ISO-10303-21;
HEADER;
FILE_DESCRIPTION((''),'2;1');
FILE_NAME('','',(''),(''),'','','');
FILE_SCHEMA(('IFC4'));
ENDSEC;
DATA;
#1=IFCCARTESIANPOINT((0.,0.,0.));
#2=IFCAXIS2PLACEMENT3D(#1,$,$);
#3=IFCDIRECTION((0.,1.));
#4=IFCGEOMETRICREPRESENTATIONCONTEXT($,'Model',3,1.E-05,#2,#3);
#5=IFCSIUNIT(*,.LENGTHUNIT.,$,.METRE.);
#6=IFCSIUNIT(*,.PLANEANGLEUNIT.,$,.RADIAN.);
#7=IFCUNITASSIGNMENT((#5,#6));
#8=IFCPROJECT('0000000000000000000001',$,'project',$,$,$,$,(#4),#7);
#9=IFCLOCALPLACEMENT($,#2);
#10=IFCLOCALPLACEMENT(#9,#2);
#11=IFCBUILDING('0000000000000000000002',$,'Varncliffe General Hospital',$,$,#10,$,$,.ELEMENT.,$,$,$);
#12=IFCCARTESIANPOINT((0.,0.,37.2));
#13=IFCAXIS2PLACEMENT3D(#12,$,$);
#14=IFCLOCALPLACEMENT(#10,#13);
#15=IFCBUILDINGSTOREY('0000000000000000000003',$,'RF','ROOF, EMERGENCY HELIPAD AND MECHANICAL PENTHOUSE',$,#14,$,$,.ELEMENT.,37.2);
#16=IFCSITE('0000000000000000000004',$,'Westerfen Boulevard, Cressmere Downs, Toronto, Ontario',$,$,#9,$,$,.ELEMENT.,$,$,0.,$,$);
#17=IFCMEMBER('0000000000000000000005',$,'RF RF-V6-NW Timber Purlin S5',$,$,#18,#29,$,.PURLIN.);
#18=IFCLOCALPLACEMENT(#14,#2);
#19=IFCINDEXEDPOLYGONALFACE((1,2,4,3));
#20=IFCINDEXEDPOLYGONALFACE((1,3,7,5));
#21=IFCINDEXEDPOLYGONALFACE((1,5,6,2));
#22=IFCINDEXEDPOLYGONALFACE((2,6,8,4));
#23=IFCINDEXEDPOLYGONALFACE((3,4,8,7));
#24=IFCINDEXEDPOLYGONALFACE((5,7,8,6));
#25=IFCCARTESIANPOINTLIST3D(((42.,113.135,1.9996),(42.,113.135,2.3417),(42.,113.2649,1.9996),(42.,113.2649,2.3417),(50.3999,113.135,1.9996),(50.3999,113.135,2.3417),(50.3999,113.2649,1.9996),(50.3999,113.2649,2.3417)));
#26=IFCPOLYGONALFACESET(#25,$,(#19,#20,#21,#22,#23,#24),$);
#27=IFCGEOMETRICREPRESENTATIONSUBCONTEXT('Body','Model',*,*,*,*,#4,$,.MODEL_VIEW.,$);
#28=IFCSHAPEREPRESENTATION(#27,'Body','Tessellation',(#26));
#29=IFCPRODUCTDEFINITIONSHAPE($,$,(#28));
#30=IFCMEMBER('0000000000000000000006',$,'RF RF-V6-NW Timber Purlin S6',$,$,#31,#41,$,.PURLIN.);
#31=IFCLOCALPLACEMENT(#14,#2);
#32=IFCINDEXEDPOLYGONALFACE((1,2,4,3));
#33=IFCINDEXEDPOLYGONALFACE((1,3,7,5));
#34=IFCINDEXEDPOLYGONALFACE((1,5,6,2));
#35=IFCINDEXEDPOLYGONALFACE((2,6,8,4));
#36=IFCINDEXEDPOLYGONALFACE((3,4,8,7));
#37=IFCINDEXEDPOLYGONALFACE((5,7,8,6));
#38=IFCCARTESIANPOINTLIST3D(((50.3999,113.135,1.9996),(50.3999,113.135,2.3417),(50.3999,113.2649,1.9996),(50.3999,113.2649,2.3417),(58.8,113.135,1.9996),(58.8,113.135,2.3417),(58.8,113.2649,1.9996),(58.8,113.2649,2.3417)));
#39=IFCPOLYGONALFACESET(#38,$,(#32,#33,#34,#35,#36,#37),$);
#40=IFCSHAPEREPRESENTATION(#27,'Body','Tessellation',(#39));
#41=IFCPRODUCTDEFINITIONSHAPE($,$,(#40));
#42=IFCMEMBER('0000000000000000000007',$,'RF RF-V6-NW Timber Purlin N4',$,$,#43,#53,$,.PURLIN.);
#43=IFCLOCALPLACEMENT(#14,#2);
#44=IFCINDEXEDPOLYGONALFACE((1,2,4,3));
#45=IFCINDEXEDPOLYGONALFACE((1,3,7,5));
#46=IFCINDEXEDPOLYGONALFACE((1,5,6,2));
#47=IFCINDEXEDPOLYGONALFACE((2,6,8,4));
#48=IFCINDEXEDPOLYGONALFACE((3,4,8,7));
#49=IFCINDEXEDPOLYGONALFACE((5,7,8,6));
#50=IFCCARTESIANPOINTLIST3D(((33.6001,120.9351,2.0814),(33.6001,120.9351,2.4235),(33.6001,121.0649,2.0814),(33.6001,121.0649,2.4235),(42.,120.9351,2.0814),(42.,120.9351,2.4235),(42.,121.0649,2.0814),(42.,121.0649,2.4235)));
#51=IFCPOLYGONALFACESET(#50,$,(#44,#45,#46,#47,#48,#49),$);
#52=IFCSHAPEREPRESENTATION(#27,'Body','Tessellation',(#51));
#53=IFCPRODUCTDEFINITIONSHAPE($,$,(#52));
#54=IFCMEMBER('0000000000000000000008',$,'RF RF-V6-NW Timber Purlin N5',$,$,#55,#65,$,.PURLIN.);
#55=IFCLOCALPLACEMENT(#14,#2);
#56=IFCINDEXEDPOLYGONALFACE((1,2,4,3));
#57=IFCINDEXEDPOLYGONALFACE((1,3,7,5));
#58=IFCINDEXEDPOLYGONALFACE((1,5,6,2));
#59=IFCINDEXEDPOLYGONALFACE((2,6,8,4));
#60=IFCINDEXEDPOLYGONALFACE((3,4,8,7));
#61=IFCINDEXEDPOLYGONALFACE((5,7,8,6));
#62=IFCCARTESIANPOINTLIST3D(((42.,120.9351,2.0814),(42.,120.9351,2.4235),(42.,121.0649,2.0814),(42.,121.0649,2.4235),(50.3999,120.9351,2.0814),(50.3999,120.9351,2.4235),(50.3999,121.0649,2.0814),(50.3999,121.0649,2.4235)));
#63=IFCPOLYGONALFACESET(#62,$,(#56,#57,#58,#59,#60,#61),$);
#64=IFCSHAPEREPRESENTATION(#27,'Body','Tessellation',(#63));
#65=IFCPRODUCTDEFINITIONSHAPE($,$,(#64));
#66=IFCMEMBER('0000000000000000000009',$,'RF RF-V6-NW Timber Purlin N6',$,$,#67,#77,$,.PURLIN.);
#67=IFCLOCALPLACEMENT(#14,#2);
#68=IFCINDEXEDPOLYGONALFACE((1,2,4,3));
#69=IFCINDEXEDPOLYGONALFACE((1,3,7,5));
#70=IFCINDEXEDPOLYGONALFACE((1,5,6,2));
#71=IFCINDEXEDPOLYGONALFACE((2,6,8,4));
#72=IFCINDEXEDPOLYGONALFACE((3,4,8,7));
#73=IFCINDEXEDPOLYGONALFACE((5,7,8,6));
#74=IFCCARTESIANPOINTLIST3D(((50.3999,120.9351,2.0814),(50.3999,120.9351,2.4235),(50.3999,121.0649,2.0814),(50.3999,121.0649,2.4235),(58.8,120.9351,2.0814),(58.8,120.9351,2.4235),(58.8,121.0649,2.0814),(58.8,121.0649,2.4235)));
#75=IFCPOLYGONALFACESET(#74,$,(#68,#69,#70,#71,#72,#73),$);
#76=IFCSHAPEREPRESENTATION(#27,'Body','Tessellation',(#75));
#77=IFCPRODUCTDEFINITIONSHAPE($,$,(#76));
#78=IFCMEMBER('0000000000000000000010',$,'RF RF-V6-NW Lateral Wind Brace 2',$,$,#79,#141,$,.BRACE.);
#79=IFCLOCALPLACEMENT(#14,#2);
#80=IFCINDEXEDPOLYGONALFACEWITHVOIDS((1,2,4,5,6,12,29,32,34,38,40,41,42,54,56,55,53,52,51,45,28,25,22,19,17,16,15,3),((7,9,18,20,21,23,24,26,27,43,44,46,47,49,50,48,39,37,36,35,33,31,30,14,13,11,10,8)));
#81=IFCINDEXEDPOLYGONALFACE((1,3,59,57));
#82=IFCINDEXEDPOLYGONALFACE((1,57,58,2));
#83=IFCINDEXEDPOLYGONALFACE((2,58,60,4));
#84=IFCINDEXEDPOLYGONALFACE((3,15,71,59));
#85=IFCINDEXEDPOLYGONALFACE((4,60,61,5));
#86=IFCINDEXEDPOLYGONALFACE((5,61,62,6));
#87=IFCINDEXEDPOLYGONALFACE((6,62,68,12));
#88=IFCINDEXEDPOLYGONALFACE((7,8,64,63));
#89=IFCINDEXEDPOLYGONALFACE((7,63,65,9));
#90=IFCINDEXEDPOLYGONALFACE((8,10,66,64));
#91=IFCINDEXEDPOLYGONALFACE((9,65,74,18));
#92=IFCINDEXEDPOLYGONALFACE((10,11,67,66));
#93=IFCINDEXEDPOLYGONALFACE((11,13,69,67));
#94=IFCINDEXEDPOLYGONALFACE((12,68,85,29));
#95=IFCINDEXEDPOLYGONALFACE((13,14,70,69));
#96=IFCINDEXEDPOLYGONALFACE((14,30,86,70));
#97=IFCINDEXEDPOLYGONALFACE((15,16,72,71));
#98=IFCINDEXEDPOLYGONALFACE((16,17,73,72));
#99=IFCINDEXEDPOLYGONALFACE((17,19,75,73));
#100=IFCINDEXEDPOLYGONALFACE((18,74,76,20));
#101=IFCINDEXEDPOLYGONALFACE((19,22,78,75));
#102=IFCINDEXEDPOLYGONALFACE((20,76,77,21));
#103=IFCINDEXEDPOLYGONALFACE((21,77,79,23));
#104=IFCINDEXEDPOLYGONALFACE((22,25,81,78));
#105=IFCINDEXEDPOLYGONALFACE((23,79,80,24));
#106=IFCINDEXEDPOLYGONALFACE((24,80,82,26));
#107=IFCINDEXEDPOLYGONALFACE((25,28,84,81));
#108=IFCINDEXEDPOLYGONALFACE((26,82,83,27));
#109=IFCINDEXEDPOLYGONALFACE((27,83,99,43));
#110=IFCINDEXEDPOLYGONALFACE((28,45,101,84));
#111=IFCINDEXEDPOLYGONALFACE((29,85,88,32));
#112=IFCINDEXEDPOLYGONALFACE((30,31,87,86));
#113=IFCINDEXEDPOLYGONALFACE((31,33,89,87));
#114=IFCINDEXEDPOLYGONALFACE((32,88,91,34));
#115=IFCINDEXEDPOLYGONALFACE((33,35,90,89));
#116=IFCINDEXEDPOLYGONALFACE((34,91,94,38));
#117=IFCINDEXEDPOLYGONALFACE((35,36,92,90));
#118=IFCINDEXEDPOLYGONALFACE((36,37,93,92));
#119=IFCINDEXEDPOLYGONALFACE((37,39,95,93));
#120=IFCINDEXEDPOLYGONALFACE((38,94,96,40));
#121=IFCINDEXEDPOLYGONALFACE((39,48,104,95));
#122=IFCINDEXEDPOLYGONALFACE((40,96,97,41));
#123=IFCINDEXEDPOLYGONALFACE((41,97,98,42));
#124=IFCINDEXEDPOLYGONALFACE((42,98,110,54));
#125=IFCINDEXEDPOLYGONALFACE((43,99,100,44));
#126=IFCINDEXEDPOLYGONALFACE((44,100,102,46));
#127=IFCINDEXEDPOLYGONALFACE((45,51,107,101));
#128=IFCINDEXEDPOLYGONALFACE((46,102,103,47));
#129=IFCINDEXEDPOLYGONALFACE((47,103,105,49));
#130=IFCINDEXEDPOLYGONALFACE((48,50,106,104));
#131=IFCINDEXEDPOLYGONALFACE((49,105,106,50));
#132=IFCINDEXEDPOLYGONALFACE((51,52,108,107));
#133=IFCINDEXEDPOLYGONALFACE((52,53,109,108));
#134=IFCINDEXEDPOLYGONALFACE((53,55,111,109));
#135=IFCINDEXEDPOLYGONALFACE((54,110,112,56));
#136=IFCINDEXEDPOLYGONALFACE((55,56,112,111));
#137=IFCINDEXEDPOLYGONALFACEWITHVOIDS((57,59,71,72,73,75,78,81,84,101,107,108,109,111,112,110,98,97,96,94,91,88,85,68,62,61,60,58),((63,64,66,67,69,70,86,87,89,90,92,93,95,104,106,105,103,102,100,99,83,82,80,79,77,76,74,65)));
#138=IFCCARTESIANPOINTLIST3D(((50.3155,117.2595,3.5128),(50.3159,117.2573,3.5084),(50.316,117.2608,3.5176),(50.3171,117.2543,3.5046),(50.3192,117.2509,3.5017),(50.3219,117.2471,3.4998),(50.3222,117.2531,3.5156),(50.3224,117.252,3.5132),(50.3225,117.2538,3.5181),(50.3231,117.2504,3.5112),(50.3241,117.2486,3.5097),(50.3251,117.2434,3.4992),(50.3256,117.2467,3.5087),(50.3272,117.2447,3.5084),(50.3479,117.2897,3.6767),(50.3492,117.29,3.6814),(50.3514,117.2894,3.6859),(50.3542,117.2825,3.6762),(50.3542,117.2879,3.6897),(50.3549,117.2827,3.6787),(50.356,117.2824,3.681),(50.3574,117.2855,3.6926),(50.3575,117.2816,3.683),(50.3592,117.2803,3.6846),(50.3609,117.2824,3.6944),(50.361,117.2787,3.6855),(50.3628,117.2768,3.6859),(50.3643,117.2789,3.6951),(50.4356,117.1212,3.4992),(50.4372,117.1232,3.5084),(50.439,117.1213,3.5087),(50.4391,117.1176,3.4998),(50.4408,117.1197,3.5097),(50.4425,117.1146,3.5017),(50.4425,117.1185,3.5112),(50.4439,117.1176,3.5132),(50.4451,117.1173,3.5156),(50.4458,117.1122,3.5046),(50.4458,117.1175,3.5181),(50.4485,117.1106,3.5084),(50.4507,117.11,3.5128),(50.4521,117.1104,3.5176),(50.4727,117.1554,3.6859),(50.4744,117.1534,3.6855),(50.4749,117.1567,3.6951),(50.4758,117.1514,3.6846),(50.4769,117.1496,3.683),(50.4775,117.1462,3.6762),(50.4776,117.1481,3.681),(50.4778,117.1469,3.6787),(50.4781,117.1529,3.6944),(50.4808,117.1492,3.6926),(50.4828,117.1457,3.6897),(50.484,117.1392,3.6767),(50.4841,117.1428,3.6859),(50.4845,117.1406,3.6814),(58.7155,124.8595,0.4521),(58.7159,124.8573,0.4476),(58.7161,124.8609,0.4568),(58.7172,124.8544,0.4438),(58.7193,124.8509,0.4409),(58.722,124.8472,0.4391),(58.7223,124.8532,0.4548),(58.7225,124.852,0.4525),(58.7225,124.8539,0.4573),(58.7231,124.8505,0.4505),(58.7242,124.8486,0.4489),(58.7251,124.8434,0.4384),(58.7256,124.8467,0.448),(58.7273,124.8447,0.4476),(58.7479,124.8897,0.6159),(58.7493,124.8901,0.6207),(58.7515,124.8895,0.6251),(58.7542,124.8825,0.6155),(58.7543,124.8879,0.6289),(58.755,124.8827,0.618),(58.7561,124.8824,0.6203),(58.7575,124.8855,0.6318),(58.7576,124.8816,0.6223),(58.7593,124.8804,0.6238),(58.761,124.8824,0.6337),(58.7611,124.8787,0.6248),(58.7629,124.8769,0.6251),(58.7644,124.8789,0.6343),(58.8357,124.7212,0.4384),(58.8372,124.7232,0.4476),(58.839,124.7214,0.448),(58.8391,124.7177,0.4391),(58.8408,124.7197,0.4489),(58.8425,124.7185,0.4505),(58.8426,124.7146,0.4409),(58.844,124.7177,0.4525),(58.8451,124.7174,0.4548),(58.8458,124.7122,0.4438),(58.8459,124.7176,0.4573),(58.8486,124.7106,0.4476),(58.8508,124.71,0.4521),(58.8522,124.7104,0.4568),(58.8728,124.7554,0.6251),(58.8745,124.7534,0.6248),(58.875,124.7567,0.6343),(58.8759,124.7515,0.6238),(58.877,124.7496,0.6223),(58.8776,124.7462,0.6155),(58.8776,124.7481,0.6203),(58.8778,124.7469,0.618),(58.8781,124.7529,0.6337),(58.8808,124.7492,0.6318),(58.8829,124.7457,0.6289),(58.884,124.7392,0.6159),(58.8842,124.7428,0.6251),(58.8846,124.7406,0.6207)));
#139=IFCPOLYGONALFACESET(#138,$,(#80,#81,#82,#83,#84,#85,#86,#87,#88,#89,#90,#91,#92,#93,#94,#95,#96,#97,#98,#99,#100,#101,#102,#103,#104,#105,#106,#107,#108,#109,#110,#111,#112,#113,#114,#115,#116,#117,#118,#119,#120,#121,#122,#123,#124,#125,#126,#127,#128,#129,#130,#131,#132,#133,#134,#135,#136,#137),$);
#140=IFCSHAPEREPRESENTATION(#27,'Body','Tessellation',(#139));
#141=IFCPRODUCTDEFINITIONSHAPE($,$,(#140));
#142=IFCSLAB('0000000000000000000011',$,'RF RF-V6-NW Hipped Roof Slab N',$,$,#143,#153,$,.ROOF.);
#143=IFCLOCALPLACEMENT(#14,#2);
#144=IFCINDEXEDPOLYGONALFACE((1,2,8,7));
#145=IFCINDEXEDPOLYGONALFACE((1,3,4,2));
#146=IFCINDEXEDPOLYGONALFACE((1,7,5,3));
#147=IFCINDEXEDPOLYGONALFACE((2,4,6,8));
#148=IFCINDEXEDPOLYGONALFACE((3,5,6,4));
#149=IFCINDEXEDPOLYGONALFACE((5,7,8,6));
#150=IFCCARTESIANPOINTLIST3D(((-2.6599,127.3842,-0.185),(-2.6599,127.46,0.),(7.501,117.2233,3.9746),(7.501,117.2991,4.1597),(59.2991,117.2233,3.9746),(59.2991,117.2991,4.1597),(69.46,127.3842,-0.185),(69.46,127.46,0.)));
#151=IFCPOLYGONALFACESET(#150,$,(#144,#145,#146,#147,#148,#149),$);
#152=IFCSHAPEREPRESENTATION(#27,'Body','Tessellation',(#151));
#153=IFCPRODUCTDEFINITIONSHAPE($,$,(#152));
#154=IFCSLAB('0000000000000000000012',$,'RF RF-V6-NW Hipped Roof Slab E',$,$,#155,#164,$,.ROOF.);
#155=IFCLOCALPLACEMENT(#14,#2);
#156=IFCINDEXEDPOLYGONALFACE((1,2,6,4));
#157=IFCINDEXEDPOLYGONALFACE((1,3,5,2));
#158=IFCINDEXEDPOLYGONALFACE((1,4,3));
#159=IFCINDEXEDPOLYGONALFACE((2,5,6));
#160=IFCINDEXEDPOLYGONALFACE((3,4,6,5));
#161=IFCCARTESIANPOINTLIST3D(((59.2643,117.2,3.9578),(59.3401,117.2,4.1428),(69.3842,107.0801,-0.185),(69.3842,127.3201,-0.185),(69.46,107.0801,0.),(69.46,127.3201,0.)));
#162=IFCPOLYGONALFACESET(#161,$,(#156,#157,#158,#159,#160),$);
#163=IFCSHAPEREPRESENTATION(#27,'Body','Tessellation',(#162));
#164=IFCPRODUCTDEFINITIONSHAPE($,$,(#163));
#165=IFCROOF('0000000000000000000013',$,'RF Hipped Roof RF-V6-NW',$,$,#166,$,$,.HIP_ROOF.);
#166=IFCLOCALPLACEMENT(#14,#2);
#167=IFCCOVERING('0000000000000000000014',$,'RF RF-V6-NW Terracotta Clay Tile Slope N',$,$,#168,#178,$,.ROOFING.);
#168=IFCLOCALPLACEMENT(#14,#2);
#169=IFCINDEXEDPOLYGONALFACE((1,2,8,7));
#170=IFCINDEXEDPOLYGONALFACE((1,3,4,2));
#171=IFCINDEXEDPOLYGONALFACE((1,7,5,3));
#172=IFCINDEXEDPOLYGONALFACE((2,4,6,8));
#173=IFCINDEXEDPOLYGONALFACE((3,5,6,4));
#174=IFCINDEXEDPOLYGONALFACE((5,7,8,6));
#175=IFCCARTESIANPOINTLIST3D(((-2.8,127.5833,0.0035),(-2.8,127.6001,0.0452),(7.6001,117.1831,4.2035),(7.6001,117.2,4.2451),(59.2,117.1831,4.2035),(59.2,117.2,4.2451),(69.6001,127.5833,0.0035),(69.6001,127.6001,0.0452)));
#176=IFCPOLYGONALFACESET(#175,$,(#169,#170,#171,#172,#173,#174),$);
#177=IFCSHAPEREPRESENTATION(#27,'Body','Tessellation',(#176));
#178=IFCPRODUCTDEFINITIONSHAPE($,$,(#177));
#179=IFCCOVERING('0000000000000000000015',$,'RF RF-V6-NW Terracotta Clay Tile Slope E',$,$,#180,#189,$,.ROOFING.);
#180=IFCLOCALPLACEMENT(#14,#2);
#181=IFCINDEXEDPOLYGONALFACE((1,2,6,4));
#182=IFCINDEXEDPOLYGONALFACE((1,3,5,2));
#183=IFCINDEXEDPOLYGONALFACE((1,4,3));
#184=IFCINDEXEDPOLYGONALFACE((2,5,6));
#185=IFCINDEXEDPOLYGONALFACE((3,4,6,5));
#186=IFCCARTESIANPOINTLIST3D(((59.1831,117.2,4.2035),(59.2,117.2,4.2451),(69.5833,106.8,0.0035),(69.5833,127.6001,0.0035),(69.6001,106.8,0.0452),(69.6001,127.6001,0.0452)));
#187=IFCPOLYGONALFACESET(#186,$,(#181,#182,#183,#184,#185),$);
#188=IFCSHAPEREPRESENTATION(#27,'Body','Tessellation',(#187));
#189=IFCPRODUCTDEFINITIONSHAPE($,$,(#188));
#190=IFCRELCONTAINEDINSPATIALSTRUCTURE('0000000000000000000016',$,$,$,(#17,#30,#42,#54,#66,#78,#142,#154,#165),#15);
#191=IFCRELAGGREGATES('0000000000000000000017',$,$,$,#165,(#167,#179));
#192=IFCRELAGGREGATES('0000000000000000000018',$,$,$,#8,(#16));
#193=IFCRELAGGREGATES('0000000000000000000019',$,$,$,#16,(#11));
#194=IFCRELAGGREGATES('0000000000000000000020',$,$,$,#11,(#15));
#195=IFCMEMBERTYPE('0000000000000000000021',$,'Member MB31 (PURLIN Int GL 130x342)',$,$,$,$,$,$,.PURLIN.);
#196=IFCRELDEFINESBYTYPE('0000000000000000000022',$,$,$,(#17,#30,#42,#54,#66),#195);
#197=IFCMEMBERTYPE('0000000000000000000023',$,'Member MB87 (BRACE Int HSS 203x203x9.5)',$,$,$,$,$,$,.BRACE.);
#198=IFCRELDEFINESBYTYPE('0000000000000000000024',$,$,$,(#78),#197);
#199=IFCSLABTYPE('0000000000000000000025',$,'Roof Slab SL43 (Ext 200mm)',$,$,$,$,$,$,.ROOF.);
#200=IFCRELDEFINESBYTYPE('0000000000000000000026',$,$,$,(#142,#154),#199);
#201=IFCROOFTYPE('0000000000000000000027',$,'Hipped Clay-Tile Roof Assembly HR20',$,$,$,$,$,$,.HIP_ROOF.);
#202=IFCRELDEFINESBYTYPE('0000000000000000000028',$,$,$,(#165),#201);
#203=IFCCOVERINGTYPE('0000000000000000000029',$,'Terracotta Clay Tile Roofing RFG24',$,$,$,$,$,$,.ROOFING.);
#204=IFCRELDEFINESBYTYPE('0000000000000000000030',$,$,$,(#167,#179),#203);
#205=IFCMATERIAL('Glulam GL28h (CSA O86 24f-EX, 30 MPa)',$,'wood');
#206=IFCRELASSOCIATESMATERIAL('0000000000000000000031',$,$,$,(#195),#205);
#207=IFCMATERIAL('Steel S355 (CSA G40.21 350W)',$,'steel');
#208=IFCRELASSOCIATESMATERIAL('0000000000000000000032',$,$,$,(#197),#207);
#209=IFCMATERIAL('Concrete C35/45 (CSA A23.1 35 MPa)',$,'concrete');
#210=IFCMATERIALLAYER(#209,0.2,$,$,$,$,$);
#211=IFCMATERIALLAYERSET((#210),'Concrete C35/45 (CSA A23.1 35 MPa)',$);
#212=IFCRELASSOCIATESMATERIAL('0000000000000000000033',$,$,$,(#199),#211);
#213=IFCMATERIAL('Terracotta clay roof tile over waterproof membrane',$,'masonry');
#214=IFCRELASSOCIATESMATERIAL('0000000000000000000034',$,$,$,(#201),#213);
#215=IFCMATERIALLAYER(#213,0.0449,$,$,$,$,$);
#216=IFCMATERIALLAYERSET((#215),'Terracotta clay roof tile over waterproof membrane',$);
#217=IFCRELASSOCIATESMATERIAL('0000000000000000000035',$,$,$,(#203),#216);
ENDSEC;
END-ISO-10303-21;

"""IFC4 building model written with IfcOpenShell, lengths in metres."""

from ifc_helpers import new_model, si_unit, direction, frame, origin, origin_2d, place, context, subcontext, project, spatial, polyline, rectangle, hollow_rectangle, outline, extrude, material, layer, layer_set, material_profile, profile_set, type_object, element, aggregate, save


model = new_model("IFC4")

# Units and contexts
model_context = context("Model", 3, precision=1e-05, world=origin(), true_north=direction((0.0, 1.0)))
body_context = subcontext(model_context, "Body", "Model", "MODEL_VIEW")
ifc_project = project(units=[si_unit("LENGTHUNIT", "METRE"), si_unit("PLANEANGLEUNIT", "RADIAN")], contexts=[model_context])

# Site, building, storey
site_placement = place(None, origin())
site = spatial("IfcSite", under=ifc_project, at=site_placement, Name="Westerfen Boulevard, Cressmere Downs, Toronto, Ontario", CompositionType="ELEMENT", RefElevation=0.0)
building_placement = place(site_placement, origin())
building = spatial("IfcBuilding", under=site, at=building_placement, Name="Varncliffe General Hospital", CompositionType="ELEMENT")
storey_placement = place(building_placement, frame((0.0, 0.0, 37.2)))
storey = spatial("IfcBuildingStorey", under=building, at=storey_placement, Name="RF", Description="ROOF, EMERGENCY HELIPAD AND MECHANICAL PENTHOUSE", CompositionType="ELEMENT", Elevation=37.2)

# Shared definitions
ifc_material_1 = material(Name="Glulam GL28h (CSA O86 24f-EX, 30 MPa)", Category="wood")

# Members
ifc_material_profile_1 = material_profile(ifc_material_1, rectangle(XDim=0.1299, YDim=0.342, at=origin_2d()), Name="GL 130x342")
ifc_profile_set_1 = profile_set([ifc_material_profile_1], Name="Glulam GL28h (CSA O86 24f-EX, 30 MPa)")
member_type_1 = type_object("IfcMemberType", Name="Member MB31 (PURLIN Int GL 130x342)", PredefinedType="PURLIN", material=ifc_profile_set_1)
for number, where, z_axis, x_axis, name in (
    (1, (42.0, 113.2, 2.1707), (1.0, 0.0, 0.0), (0.0, 1.0, 0.0), "RF RF-V6-NW Timber Purlin S5"),
):
    element("IfcMember", number, at=place(storey_placement, frame(where, z_axis=z_axis, x_axis=x_axis)), inside=storey, type_object=member_type_1, Name=name, PredefinedType="PURLIN", context=body_context, shape_type="SweptSolid", body=[
        extrude(rectangle(XDim=0.1299, YDim=0.342, at=origin_2d()), origin(), (0.0, 0.0, 1.0), 8.3999),
    ])
member_1_placement = place(storey_placement, frame((50.3999, 113.2, 2.1707), z_axis=(1.0, 0.0, 0.0), x_axis=(0.0, 1.0, 0.0)))
element("IfcMember", 2, at=member_1_placement, inside=storey, type_object=member_type_1, Name="RF RF-V6-NW Timber Purlin S6", PredefinedType="PURLIN", context=body_context, shape_type="SweptSolid", body=[
    extrude(rectangle(XDim=0.1299, YDim=0.342, at=origin_2d()), origin(), (0.0, 0.0, 1.0), 8.4001),
])
for number, where, z_axis, x_axis, name in (
    (3, (33.6001, 121.0, 2.2524), (1.0, 0.0, 0.0), (0.0, 1.0, 0.0), "RF RF-V6-NW Timber Purlin N4"),
    (4, (42.0, 121.0, 2.2524), (1.0, 0.0, 0.0), (0.0, 1.0, 0.0), "RF RF-V6-NW Timber Purlin N5"),
):
    element("IfcMember", number, at=place(storey_placement, frame(where, z_axis=z_axis, x_axis=x_axis)), inside=storey, type_object=member_type_1, Name=name, PredefinedType="PURLIN", context=body_context, shape_type="SweptSolid", body=[
        extrude(rectangle(XDim=0.1299, YDim=0.342, at=origin_2d()), origin(), (0.0, 0.0, 1.0), 8.3999),
    ])
member_2_placement = place(storey_placement, frame((50.3999, 121.0, 2.2524), z_axis=(1.0, 0.0, 0.0), x_axis=(0.0, 1.0, 0.0)))
element("IfcMember", 5, at=member_2_placement, inside=storey, type_object=member_type_1, Name="RF RF-V6-NW Timber Purlin N6", PredefinedType="PURLIN", context=body_context, shape_type="SweptSolid", body=[
    extrude(rectangle(XDim=0.1299, YDim=0.342, at=origin_2d()), origin(), (0.0, 0.0, 1.0), 8.4001),
])
ifc_material_2 = material(Name="Steel S355 (CSA G40.21 350W)", Category="steel")
ifc_material_profile_2 = material_profile(ifc_material_2, hollow_rectangle(XDim=0.2029, YDim=0.2029, WallThickness=0.0095, InnerFilletRadius=0.01, OuterFilletRadius=0.019, at=origin_2d()), Name="HSS 203x203x9.5")
ifc_profile_set_2 = profile_set([ifc_material_profile_2], Name="Steel S355 (CSA G40.21 350W)")
member_type_2 = type_object("IfcMemberType", Name="Member MB87 (BRACE Int HSS 203x203x9.5)", PredefinedType="BRACE", material=ifc_profile_set_2)
member_3_placement = place(storey_placement, frame((58.8, 124.8, 0.5364), z_axis=(-0.715866, -0.647686, 0.260843), x_axis=(0.670912, -0.741537, 0.0)))
element("IfcMember", 6, at=member_3_placement, inside=storey, type_object=member_type_2, Name="RF RF-V6-NW Lateral Wind Brace 2", PredefinedType="BRACE", context=body_context, shape_type="SweptSolid", body=[
    extrude(hollow_rectangle(XDim=0.2029, YDim=0.2029, WallThickness=0.0095, InnerFilletRadius=0.01, OuterFilletRadius=0.019, at=origin_2d()), origin(), (0.0, 0.0, 1.0), 11.7341),
])

# Slabs
ifc_material_3 = material(Name="Concrete C35/45 (CSA A23.1 35 MPa)", Category="concrete")
ifc_layer_1 = layer(ifc_material_3, 0.2)
ifc_layer_set_1 = layer_set([ifc_layer_1], Name="Concrete C35/45 (CSA A23.1 35 MPa)")
slab_type = type_object("IfcSlabType", Name="Roof Slab SL43 (Ext 200mm)", PredefinedType="ROOF", material=ifc_layer_set_1)
slab_1_placement = place(storey_placement, frame((69.46, 127.46, 0.0), z_axis=(0.0, 0.378862, 0.925453), x_axis=(-1.0, 0.0, 0.0)))
element("IfcSlab", 7, at=slab_1_placement, inside=storey, type_object=slab_type, Name="RF RF-V6-NW Hipped Roof Slab N", PredefinedType="ROOF", context=body_context, shape_type="SweptSolid", body=[
    extrude(outline(polyline([(0.0, 0.0), (72.1199, 0.0), (61.959, 10.9794), (10.1609, 10.9794), (0.0, 0.0)])), origin(), (0.0, 0.0, -1.0), 0.2),
])
slab_2_placement = place(storey_placement, frame((69.46, 107.0801, 0.0), z_axis=(0.378858, 0.0, 0.925455), x_axis=(0.0, 1.0, 0.0)))
element("IfcSlab", 8, at=slab_2_placement, inside=storey, type_object=slab_type, Name="RF RF-V6-NW Hipped Roof Slab E", PredefinedType="ROOF", context=body_context, shape_type="SweptSolid", body=[
    extrude(outline(polyline([(0.0, 0.0), (20.24, 0.0), (10.1199, 10.935), (0.0, 0.0)])), origin(), (0.0, 0.0, -1.0), 0.2),
])

# Roof, coverings
ifc_material_4 = material(Name="Terracotta clay roof tile over waterproof membrane", Category="masonry")
roof_type = type_object("IfcRoofType", Name="Hipped Clay-Tile Roof Assembly HR20", PredefinedType="HIP_ROOF", material=ifc_material_4)
roof_placement = place(storey_placement, origin())
roof = element("IfcRoof", 9, at=roof_placement, inside=storey, type_object=roof_type, Name="RF Hipped Roof RF-V6-NW", PredefinedType="HIP_ROOF")
ifc_layer_2 = layer(ifc_material_4, 0.0449)
ifc_layer_set_2 = layer_set([ifc_layer_2], Name="Terracotta clay roof tile over waterproof membrane")
covering_type = type_object("IfcCoveringType", Name="Terracotta Clay Tile Roofing RFG24", PredefinedType="ROOFING", material=ifc_layer_set_2)
covering_1_placement = place(storey_placement, frame((69.6001, 127.6001, 0.0452), z_axis=(0.0, 0.374455, 0.927245), x_axis=(-1.0, 0.0, 0.0)))
covering_1 = element("IfcCovering", 10, at=covering_1_placement, type_object=covering_type, Name="RF RF-V6-NW Terracotta Clay Tile Slope N", PredefinedType="ROOFING", context=body_context, shape_type="SweptSolid", body=[
    extrude(outline(polyline([(0.0, 0.0), (72.4001, 0.0), (62.0, 11.2162), (10.4001, 11.2162), (0.0, 0.0)])), origin(), (0.0, 0.0, -1.0), 0.0449),
])
covering_2_placement = place(storey_placement, frame((69.6001, 106.8, 0.0452), z_axis=(0.374455, 0.0, 0.927245), x_axis=(0.0, 1.0, 0.0)))
covering_2 = element("IfcCovering", 11, at=covering_2_placement, type_object=covering_type, Name="RF RF-V6-NW Terracotta Clay Tile Slope E", PredefinedType="ROOFING", context=body_context, shape_type="SweptSolid", body=[
    extrude(outline(polyline([(0.0, 0.0), (20.8, 0.0), (10.3999, 11.2162), (0.0, 0.0)])), origin(), (0.0, 0.0, -1.0), 0.0449),
])
aggregate(roof, [covering_1, covering_2])

save(model, "model.ifc")
